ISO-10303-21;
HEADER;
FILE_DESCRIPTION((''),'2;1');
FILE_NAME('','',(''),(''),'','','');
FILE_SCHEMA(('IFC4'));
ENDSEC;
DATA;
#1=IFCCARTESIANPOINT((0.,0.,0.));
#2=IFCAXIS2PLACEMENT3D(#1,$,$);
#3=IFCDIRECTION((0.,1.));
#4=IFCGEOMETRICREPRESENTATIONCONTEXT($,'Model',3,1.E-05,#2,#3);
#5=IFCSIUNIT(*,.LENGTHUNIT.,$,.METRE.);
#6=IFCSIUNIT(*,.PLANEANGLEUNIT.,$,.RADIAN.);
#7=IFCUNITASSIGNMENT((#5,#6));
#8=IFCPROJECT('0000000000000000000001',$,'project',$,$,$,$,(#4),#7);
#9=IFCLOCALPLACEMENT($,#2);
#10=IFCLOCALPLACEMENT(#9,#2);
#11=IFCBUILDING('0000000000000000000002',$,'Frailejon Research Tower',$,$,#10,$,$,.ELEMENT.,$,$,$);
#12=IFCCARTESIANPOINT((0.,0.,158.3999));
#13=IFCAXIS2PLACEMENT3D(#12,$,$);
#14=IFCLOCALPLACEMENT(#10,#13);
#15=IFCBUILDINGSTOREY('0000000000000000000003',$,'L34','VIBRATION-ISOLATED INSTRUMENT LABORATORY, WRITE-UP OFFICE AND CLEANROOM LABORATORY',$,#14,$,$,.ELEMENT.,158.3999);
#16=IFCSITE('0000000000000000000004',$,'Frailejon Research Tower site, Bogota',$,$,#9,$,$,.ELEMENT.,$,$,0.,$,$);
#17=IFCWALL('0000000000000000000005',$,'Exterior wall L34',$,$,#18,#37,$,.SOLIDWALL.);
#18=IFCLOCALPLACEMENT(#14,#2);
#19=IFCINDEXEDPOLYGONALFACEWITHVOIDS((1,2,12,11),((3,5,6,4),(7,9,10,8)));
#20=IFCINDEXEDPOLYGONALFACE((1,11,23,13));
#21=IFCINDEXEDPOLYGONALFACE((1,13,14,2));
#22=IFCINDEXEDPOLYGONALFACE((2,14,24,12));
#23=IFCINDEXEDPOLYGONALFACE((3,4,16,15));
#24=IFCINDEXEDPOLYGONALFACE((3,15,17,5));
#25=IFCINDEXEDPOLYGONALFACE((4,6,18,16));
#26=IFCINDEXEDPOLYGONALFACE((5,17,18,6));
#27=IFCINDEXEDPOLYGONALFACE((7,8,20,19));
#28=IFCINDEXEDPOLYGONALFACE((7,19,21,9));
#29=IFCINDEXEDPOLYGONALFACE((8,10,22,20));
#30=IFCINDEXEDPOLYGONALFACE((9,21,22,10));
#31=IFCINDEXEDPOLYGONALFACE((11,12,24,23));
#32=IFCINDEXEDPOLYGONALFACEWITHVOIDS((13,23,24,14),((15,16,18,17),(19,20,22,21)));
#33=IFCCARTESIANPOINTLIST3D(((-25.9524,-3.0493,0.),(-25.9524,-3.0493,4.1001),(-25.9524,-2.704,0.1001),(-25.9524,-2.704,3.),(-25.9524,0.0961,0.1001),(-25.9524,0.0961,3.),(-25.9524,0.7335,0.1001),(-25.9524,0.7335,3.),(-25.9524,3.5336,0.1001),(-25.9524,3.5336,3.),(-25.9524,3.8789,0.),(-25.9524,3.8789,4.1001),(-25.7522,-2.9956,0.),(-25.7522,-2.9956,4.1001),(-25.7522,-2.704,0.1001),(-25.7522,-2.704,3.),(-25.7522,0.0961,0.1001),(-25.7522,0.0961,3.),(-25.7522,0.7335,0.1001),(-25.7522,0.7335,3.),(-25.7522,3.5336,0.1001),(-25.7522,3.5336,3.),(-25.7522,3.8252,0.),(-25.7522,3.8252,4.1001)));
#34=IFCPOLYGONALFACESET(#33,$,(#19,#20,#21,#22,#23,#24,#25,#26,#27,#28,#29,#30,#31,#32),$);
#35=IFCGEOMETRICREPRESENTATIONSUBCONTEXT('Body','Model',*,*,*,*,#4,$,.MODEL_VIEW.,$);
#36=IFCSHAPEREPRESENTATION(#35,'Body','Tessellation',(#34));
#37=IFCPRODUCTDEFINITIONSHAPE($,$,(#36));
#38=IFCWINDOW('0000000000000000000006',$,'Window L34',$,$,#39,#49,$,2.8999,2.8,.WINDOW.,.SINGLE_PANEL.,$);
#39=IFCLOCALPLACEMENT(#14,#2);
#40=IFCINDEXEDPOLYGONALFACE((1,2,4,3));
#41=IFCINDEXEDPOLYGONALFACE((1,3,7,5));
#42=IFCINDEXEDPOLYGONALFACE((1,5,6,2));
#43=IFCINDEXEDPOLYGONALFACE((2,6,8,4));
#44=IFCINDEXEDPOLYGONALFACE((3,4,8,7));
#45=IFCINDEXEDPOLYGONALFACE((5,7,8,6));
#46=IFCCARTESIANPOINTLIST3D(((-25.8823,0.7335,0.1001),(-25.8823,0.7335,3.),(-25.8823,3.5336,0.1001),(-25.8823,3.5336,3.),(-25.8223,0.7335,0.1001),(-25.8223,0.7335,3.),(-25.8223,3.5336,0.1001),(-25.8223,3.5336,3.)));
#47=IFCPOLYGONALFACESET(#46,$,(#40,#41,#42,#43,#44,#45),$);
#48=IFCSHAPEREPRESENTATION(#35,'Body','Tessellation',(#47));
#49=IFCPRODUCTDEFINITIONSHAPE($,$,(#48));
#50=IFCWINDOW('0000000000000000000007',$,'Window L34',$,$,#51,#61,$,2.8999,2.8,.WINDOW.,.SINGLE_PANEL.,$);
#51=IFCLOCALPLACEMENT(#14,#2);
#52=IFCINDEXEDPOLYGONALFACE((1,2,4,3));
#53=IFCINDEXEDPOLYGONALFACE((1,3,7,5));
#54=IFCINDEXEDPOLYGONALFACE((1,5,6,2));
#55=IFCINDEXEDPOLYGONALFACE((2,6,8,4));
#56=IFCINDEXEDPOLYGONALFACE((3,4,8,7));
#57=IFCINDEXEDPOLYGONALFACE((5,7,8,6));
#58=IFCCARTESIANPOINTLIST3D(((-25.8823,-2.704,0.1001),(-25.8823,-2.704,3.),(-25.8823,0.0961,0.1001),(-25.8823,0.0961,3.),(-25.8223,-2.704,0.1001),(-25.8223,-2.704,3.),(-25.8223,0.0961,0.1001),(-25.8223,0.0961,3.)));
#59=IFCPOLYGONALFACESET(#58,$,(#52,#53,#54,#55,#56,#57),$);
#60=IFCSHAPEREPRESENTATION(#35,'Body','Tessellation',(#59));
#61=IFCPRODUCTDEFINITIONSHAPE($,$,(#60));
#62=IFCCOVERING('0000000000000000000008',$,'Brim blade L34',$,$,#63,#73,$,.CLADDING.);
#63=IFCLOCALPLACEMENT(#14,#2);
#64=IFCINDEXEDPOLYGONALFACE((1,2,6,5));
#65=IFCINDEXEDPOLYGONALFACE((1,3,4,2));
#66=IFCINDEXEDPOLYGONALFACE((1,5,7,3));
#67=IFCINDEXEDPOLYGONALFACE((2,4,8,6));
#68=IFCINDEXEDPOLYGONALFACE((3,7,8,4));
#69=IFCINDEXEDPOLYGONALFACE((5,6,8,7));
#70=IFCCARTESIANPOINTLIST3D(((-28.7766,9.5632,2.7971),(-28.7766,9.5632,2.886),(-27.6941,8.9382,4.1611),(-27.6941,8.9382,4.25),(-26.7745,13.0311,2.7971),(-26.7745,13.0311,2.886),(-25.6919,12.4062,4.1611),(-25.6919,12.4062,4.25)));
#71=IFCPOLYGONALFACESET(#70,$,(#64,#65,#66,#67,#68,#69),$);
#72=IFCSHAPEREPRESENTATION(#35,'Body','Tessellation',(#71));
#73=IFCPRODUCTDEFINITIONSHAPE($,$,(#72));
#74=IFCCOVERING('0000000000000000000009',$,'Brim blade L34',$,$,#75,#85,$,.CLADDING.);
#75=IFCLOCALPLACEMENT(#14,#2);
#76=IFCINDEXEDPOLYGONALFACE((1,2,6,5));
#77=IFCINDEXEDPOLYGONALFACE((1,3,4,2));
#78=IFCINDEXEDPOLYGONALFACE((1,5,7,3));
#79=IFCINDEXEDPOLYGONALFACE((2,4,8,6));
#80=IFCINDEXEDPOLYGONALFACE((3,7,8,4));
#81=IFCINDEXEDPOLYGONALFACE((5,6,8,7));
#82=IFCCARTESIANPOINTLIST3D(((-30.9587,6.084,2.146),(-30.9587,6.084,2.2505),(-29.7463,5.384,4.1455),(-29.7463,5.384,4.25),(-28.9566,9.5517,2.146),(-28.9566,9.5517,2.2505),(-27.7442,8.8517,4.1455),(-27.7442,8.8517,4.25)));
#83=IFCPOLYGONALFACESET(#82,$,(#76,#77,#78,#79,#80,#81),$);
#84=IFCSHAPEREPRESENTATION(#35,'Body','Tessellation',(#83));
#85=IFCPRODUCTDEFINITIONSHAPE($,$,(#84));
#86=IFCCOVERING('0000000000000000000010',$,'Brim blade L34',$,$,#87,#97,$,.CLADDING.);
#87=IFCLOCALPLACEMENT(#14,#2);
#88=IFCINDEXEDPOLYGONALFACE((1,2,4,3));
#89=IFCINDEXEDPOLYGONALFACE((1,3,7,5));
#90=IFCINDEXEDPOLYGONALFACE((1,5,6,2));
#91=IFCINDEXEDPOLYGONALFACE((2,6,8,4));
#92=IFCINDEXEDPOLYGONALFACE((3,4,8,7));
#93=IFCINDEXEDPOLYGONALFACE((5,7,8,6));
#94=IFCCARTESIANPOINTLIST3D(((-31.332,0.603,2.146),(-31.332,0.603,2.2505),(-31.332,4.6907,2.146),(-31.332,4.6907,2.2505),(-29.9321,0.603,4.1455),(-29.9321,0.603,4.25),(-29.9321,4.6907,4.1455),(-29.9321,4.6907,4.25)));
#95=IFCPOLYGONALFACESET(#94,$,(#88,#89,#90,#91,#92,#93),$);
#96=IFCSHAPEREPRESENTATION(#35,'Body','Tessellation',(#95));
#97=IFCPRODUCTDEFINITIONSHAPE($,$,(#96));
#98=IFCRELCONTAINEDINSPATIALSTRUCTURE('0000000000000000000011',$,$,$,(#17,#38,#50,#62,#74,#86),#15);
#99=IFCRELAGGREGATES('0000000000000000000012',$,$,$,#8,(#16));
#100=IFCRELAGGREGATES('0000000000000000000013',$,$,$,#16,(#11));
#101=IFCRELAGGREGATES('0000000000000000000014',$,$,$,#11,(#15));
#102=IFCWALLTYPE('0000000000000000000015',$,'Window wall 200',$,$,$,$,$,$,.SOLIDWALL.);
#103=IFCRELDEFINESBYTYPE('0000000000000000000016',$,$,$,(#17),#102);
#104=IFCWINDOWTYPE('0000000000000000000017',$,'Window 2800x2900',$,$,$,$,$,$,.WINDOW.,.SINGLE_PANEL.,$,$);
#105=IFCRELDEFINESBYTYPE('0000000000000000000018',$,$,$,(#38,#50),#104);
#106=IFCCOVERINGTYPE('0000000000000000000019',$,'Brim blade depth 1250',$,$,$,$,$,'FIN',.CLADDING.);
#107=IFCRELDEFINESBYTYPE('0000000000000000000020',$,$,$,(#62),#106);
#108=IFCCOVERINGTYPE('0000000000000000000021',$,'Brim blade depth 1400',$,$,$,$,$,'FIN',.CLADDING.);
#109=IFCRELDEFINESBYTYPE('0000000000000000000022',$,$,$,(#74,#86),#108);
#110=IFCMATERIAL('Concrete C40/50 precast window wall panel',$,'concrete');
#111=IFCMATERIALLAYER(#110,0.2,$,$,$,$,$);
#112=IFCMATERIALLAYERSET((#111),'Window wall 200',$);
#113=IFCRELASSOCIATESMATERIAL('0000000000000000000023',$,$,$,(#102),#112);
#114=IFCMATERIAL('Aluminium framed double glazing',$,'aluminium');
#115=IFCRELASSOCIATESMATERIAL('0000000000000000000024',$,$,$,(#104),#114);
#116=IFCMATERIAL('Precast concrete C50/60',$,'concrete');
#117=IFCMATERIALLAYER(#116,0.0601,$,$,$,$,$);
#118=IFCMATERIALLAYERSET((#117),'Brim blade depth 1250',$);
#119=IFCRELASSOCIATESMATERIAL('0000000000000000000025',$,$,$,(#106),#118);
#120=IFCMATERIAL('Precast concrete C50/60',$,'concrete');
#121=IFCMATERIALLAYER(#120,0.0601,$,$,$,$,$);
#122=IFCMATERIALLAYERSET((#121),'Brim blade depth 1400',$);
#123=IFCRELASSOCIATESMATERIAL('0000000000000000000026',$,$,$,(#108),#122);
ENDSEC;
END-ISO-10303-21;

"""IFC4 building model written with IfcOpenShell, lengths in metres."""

from ifc_helpers import new_model, si_unit, direction, frame, frame_2d, origin, place, context, subcontext, project, spatial, polyline, rectangle, outline, extrude, material, layer, layer_set, type_object, element, fill, save


model = new_model("IFC4")

# Units and contexts
model_context = context("Model", 3, precision=1e-05, world=origin(), true_north=direction((0.0, 1.0)))
body_context = subcontext(model_context, "Body", "Model", "MODEL_VIEW")
ifc_project = project(units=[si_unit("LENGTHUNIT", "METRE"), si_unit("PLANEANGLEUNIT", "RADIAN")], contexts=[model_context])

# Site, building, storey
site_placement = place(None, origin())
site = spatial("IfcSite", under=ifc_project, at=site_placement, Name="Frailejon Research Tower site, Bogota", CompositionType="ELEMENT", RefElevation=0.0)
building_placement = place(site_placement, origin())
building = spatial("IfcBuilding", under=site, at=building_placement, Name="Frailejon Research Tower", CompositionType="ELEMENT")
storey_placement = place(building_placement, frame((0.0, 0.0, 158.3999)))
storey = spatial("IfcBuildingStorey", under=building, at=storey_placement, Name="L34", Description="VIBRATION-ISOLATED INSTRUMENT LABORATORY, WRITE-UP OFFICE AND CLEANROOM LABORATORY", CompositionType="ELEMENT", Elevation=158.3999)

# Wall, openings, windows
ifc_material_1 = material(Name="Concrete C40/50 precast window wall panel", Category="concrete")
ifc_layer_1 = layer(ifc_material_1, 0.2)
ifc_layer_set_1 = layer_set([ifc_layer_1], Name="Window wall 200")
wall_type_1 = type_object("IfcWallType", Name="Window wall 200", PredefinedType="SOLIDWALL", material=ifc_layer_set_1)
wall_1_placement = place(storey_placement, frame((-25.8523, 3.8521, 0.0), z_axis=(0.0, 0.0, 1.0), x_axis=(0.0, -1.0, 0.0)))
wall_1 = element("IfcWall", 1, at=wall_1_placement, inside=storey, type_object=wall_type_1, Name="Exterior wall L34", PredefinedType="SOLIDWALL", context=body_context, shape_type="SweptSolid", body=[
    extrude(outline(polyline([(-0.0269, -0.1001), (1.1279, -0.1001), (2.2825, -0.1001), (3.4373, -0.1001), (4.592, -0.1001), (5.7466, -0.1001), (6.9014, -0.1001), (6.8477, 0.1001), (5.7109, 0.1001), (4.574, 0.1001), (3.4373, 0.1001), (2.3005, 0.1001), (1.1636, 0.1001), (0.0269, 0.1001), (-0.0269, -0.1001)])), origin(), (0.0, 0.0, 1.0), 4.1001),
])
opening_1_placement = place(wall_1_placement, frame((0.3186, 0.0, 0.1001)))
opening_1 = element("IfcOpeningElement", 2, at=opening_1_placement, cuts=wall_1, PredefinedType="OPENING", context=body_context, shape_type="SweptSolid", body=[
    extrude(rectangle(XDim=2.8, YDim=2.8999, at=frame_2d((1.3999, 1.45))), frame((0.0, 0.1099, 0.0), z_axis=(0.0, -1.0, 0.0), x_axis=(1.0, 0.0, 0.0)), (0.0, 0.0, 1.0), 0.22),
])
opening_2_placement = place(wall_1_placement, frame((3.7561, 0.0, 0.1001)))
opening_2 = element("IfcOpeningElement", 3, at=opening_2_placement, cuts=wall_1, PredefinedType="OPENING", context=body_context, shape_type="SweptSolid", body=[
    extrude(rectangle(XDim=2.8, YDim=2.8999, at=frame_2d((1.3999, 1.45))), frame((0.0, 0.1099, 0.0), z_axis=(0.0, -1.0, 0.0), x_axis=(1.0, 0.0, 0.0)), (0.0, 0.0, 1.0), 0.22),
])
ifc_material_2 = material(Name="Aluminium framed double glazing", Category="aluminium")
window_type = type_object("IfcWindowType", Name="Window 2800x2900", PartitioningType="SINGLE_PANEL", PredefinedType="WINDOW", material=ifc_material_2)
window_1_placement = place(opening_1_placement, origin())
window_1 = element("IfcWindow", 4, at=window_1_placement, inside=storey, type_object=window_type, Name="Window L34", OverallHeight=2.8999, OverallWidth=2.8, PartitioningType="SINGLE_PANEL", PredefinedType="WINDOW", context=body_context, shape_type="SweptSolid", body=[
    extrude(rectangle(XDim=2.8, YDim=2.8999, at=frame_2d((1.3999, 1.45))), frame((0.0, 0.03, 0.0), z_axis=(0.0, -1.0, 0.0), x_axis=(1.0, 0.0, 0.0)), (0.0, 0.0, 1.0), 0.0601),
])
fill(opening_1, window_1)
window_2_placement = place(opening_2_placement, origin())
window_2 = element("IfcWindow", 5, at=window_2_placement, inside=storey, type_object=window_type, Name="Window L34", OverallHeight=2.8999, OverallWidth=2.8, PartitioningType="SINGLE_PANEL", PredefinedType="WINDOW", context=body_context, shape_type="SweptSolid", body=[
    extrude(rectangle(XDim=2.8, YDim=2.8999, at=frame_2d((1.3999, 1.45))), frame((0.0, 0.03, 0.0), z_axis=(0.0, -1.0, 0.0), x_axis=(1.0, 0.0, 0.0)), (0.0, 0.0, 1.0), 0.0601),
])
fill(opening_2, window_2)

# Coverings
ifc_material_3 = material(Name="Precast concrete C50/60", Category="concrete")
ifc_layer_2 = layer(ifc_material_3, 0.0601)
ifc_layer_set_2 = layer_set([ifc_layer_2], Name="Brim blade depth 1250")
covering_type_1 = type_object("IfcCoveringType", Name="Brim blade depth 1250", ElementType="FIN", PredefinedType="CLADDING", material=ifc_layer_set_2)
covering_1_placement = place(storey_placement, frame((-27.6941, 8.9382, 4.25), z_axis=(0.499994, 0.866029, 0.0), x_axis=(-0.866029, 0.499994, 0.0)))
element("IfcCovering", 6, at=covering_1_placement, inside=storey, type_object=covering_type_1, Name="Brim blade L34", PredefinedType="CLADDING", context=body_context, shape_type="SweptSolid", body=[
    extrude(outline(polyline([(0.0, -0.0889), (1.25, -1.4529), (1.25, -1.364), (0.0, 0.0), (0.0, -0.0889)])), origin(), (0.0, 0.0, 1.0), 4.0044),
])
ifc_material_4 = material(Name="Precast concrete C50/60", Category="concrete")
ifc_layer_3 = layer(ifc_material_4, 0.0601)
ifc_layer_set_3 = layer_set([ifc_layer_3], Name="Brim blade depth 1400")
covering_type_2 = type_object("IfcCoveringType", Name="Brim blade depth 1400", ElementType="FIN", PredefinedType="CLADDING", material=ifc_layer_set_3)
covering_2_placement = place(storey_placement, frame((-29.7463, 5.384, 4.25), z_axis=(0.500004, 0.866023, 0.0), x_axis=(-0.866023, 0.500004, 0.0)))
element("IfcCovering", 7, at=covering_2_placement, inside=storey, type_object=covering_type_2, Name="Brim blade L34", PredefinedType="CLADDING", context=body_context, shape_type="SweptSolid", body=[
    extrude(outline(polyline([(0.0, -0.1045), (1.3999, -2.104), (1.3999, -1.9995), (0.0, 0.0), (0.0, -0.1045)])), origin(), (0.0, 0.0, 1.0), 4.0042),
])
covering_3_placement = place(storey_placement, frame((-29.9321, 0.603, 4.25), z_axis=(0.0, 1.0, 0.0), x_axis=(-1.0, 0.0, 0.0)))
element("IfcCovering", 8, at=covering_3_placement, inside=storey, type_object=covering_type_2, Name="Brim blade L34", PredefinedType="CLADDING", context=body_context, shape_type="SweptSolid", body=[
    extrude(outline(polyline([(0.0, -0.1045), (1.3999, -2.104), (1.3999, -1.9995), (0.0, 0.0), (0.0, -0.1045)])), origin(), (0.0, 0.0, 1.0), 4.0876),
])

save(model, "model.ifc")
